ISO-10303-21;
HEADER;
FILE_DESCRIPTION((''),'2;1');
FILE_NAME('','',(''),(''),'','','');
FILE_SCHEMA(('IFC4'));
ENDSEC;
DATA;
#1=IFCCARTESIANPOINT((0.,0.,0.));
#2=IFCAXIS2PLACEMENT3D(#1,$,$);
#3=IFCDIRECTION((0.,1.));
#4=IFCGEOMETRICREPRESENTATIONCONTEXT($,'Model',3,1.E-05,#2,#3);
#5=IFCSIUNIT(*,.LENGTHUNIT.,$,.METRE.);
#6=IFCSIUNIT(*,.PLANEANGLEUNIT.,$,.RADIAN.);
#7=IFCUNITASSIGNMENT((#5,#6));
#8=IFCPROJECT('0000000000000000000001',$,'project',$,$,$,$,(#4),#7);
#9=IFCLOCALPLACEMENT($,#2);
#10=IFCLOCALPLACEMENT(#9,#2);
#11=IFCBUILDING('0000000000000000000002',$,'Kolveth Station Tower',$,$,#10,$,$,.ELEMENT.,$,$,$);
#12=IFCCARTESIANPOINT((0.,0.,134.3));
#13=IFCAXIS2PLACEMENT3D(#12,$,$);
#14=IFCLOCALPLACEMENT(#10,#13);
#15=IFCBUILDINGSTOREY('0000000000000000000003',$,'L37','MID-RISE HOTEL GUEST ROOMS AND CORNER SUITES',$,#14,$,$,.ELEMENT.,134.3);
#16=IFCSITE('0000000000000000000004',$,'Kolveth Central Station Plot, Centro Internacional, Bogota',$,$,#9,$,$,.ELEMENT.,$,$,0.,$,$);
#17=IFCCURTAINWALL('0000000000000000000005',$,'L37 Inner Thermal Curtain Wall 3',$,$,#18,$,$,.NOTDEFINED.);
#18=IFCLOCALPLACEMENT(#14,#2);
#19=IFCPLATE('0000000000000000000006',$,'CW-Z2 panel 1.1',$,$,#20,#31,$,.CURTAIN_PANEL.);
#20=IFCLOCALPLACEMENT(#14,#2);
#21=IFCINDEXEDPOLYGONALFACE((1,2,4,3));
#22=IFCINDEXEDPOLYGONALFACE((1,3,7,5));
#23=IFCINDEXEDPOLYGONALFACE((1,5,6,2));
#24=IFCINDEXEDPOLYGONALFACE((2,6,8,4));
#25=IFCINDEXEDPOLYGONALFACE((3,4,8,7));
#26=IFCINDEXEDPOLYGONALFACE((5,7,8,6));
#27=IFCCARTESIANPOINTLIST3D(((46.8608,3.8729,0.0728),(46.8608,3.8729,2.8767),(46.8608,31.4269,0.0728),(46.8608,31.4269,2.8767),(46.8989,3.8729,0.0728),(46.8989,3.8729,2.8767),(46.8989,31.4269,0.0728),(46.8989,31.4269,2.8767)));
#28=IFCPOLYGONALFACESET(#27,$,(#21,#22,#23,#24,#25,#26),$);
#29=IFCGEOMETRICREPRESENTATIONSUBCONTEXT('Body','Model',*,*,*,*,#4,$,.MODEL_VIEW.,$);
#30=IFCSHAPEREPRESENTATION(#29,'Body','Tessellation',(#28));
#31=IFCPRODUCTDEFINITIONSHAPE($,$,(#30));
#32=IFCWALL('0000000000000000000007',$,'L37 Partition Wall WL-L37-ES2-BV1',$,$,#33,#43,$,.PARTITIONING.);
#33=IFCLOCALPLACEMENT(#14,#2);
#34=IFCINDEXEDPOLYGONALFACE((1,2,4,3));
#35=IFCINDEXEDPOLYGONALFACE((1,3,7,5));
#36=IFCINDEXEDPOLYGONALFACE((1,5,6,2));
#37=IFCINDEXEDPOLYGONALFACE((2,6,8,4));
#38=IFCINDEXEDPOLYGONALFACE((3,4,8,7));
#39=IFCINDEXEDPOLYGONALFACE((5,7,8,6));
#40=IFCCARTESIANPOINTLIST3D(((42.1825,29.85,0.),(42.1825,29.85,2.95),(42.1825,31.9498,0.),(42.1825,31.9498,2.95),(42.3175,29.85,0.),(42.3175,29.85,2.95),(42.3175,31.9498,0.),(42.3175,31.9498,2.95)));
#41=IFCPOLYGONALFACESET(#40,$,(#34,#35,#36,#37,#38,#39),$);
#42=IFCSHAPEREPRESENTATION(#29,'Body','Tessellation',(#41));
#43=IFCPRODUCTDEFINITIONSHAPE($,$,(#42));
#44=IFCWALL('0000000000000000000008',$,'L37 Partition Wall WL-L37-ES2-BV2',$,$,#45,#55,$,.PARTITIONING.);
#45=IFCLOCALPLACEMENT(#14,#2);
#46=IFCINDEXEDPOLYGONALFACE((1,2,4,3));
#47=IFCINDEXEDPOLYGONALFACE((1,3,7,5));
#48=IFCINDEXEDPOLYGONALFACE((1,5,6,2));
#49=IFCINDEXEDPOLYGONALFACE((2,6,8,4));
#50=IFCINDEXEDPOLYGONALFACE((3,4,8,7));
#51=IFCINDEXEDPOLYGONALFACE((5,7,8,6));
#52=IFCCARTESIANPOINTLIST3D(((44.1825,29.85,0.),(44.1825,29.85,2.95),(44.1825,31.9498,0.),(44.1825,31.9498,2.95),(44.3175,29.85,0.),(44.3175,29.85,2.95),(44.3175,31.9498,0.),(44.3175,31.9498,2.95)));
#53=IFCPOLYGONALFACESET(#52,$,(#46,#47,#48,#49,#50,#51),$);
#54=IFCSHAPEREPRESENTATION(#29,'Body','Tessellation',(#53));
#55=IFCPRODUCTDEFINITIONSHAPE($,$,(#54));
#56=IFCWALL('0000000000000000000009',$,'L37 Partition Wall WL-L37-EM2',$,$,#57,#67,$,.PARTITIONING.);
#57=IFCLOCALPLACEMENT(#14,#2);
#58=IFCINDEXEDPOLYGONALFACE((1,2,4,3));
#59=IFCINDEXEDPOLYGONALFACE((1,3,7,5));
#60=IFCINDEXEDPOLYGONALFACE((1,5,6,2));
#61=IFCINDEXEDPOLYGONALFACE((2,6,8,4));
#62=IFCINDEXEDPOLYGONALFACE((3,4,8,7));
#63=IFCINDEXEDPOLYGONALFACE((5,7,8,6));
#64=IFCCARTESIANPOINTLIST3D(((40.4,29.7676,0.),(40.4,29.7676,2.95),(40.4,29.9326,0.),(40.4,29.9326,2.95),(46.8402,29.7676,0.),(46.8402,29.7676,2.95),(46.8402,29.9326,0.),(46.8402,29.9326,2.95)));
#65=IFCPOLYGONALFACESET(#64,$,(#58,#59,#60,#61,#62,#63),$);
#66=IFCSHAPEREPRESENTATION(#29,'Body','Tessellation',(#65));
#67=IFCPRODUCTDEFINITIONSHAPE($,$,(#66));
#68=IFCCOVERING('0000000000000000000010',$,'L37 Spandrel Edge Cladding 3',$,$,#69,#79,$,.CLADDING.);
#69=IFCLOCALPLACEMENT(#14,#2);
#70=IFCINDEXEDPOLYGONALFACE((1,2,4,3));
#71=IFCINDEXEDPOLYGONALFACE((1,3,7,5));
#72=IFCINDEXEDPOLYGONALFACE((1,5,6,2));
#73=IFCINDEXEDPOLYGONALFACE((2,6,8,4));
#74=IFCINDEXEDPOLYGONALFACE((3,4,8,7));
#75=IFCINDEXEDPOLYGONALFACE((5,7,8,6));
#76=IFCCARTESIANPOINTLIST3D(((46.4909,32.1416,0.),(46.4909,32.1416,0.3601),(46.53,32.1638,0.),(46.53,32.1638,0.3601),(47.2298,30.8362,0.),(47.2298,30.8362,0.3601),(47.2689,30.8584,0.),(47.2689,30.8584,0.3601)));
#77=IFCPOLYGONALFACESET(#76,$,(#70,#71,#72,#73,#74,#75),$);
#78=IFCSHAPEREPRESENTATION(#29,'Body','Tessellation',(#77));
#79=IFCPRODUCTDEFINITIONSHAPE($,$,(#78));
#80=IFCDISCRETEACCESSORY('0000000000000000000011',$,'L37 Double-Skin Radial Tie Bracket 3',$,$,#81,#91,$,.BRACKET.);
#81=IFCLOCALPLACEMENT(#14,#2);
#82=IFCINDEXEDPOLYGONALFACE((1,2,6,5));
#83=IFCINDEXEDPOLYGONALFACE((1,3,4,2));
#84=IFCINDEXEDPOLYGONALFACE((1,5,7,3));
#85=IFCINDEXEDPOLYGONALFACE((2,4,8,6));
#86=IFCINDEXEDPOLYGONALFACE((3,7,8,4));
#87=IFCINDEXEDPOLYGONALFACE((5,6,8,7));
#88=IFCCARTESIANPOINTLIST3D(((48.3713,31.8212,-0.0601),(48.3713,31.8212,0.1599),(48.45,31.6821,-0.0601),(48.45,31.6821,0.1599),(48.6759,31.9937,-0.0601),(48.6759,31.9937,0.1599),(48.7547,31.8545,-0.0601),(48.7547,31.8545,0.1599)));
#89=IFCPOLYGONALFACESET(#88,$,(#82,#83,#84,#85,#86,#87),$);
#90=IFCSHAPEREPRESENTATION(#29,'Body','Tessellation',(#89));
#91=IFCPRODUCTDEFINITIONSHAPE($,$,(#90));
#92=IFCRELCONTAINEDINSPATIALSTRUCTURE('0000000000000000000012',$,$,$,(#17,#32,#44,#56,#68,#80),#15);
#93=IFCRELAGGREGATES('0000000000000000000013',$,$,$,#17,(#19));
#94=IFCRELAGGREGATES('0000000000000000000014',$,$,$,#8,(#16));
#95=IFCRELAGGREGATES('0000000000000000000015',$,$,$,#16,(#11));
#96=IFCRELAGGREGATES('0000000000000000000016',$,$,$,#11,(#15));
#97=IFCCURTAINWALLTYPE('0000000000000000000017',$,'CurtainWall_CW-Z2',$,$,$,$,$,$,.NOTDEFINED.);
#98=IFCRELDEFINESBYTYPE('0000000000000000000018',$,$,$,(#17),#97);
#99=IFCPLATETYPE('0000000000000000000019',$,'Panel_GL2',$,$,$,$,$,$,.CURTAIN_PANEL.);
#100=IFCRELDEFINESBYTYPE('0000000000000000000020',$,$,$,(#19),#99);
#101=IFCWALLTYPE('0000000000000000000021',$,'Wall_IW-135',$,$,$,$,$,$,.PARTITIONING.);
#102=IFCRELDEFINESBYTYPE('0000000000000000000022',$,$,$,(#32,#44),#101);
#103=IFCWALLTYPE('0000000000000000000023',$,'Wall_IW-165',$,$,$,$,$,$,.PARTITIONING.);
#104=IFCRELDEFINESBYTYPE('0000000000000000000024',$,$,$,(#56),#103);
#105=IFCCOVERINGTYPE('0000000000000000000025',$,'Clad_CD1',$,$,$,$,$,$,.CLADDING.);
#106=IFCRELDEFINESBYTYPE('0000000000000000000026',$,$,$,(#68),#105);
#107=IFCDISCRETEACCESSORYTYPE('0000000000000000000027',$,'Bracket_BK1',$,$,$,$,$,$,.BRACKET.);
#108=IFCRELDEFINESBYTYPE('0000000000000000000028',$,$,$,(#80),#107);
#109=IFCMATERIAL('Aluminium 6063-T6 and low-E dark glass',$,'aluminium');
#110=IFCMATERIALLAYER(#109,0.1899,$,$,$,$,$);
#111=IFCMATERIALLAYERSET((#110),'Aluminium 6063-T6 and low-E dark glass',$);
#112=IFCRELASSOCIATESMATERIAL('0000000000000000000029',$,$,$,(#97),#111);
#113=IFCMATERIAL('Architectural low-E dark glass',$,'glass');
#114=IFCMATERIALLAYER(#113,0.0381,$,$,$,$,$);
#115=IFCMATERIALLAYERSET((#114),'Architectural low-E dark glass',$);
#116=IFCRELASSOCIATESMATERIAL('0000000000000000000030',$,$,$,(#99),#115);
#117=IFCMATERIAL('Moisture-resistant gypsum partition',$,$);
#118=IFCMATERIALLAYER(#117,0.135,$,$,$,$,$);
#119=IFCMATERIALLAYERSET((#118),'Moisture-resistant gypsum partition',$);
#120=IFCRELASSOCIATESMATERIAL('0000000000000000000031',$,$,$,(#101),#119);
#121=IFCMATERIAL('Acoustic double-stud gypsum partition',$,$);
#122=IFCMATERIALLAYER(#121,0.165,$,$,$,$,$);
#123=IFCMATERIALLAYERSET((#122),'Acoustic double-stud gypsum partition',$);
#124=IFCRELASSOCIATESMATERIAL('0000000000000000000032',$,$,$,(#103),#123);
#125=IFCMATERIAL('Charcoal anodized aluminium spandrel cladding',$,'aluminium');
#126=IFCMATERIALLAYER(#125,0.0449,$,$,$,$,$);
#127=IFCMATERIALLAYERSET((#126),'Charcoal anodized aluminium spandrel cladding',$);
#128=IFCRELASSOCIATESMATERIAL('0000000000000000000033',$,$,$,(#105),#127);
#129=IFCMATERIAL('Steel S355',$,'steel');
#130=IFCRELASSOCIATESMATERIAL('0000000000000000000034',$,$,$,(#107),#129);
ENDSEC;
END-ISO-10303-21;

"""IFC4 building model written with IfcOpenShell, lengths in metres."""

from ifc_helpers import new_model, si_unit, direction, frame, frame_2d, origin, origin_2d, place, context, subcontext, project, spatial, rectangle, extrude, source, transform, mapped, material, layer, layer_set, type_object, element, aggregate, save


model = new_model("IFC4")

# Units and contexts
model_context = context("Model", 3, precision=1e-05, world=origin(), true_north=direction((0.0, 1.0)))
body_context = subcontext(model_context, "Body", "Model", "MODEL_VIEW")
ifc_project = project(units=[si_unit("LENGTHUNIT", "METRE"), si_unit("PLANEANGLEUNIT", "RADIAN")], contexts=[model_context])

# Site, building, storey
site_placement = place(None, origin())
site = spatial("IfcSite", under=ifc_project, at=site_placement, Name="Kolveth Central Station Plot, Centro Internacional, Bogota", CompositionType="ELEMENT", RefElevation=0.0)
building_placement = place(site_placement, origin())
building = spatial("IfcBuilding", under=site, at=building_placement, Name="Kolveth Station Tower", CompositionType="ELEMENT")
storey_placement = place(building_placement, frame((0.0, 0.0, 134.3)))
storey = spatial("IfcBuildingStorey", under=building, at=storey_placement, Name="L37", Description="MID-RISE HOTEL GUEST ROOMS AND CORNER SUITES", CompositionType="ELEMENT", Elevation=134.3)

# Shared definitions
ifc_material_1 = material(Name="Steel S355", Category="steel")

# Curtain wall
ifc_material_2 = material(Name="Aluminium 6063-T6 and low-E dark glass", Category="aluminium")
ifc_layer_1 = layer(ifc_material_2, 0.1899)
ifc_layer_set_1 = layer_set([ifc_layer_1], Name="Aluminium 6063-T6 and low-E dark glass")
curtain_wall_type = type_object("IfcCurtainWallType", Name="CurtainWall_CW-Z2", PredefinedType="NOTDEFINED", material=ifc_layer_set_1)
curtain_wall_1_placement = place(storey_placement, origin())
curtain_wall_1 = element("IfcCurtainWall", 1, at=curtain_wall_1_placement, inside=storey, type_object=curtain_wall_type, Name="L37 Inner Thermal Curtain Wall 3", PredefinedType="NOTDEFINED")

# Plate
ifc_material_3 = material(Name="Architectural low-E dark glass", Category="glass")
ifc_layer_2 = layer(ifc_material_3, 0.0381)
ifc_layer_set_2 = layer_set([ifc_layer_2], Name="Architectural low-E dark glass")
plate_type = type_object("IfcPlateType", Name="Panel_GL2", PredefinedType="CURTAIN_PANEL", material=ifc_layer_set_2)
shared_shape_1 = source(origin(), body_context, "Body", "SweptSolid", [
    extrude(rectangle(XDim=27.554, YDim=0.0381, at=origin_2d()), origin(), (0.0, 0.0, 1.0), 2.804),
])
plate_placement = place(storey_placement, frame((46.8799, 17.6499, 0.0728), z_axis=(0.0, 0.0, 1.0), x_axis=(0.0, 1.0, 0.0)))
plate = element("IfcPlate", 2, at=plate_placement, type_object=plate_type, Name="CW-Z2 panel 1.1", PredefinedType="CURTAIN_PANEL", context=body_context, shape_type="MappedRepresentation", body=[
    mapped(shared_shape_1, transform((0.0, 0.0, 0.0), x_axis=(1.0, 0.0, 0.0), y_axis=(0.0, 1.0, 0.0), z_axis=(0.0, 0.0, 1.0), scale=1.0)),
])
aggregate(curtain_wall_1, [plate])

# Walls
ifc_material_4 = material(Name="Moisture-resistant gypsum partition")
ifc_layer_3 = layer(ifc_material_4, 0.135)
ifc_layer_set_3 = layer_set([ifc_layer_3], Name="Moisture-resistant gypsum partition")
wall_type_1 = type_object("IfcWallType", Name="Wall_IW-135", PredefinedType="PARTITIONING", material=ifc_layer_set_3)
for number, where, z_axis, x_axis, name in (
    (3, (42.25, 29.8501, 0.0), (0.0, 0.0, 1.0), (0.0, 1.0, 0.0), "L37 Partition Wall WL-L37-ES2-BV1"),
    (4, (44.25, 29.8501, 0.0), (0.0, 0.0, 1.0), (0.0, 1.0, 0.0), "L37 Partition Wall WL-L37-ES2-BV2"),
):
    element("IfcWall", number, at=place(storey_placement, frame(where, z_axis=z_axis, x_axis=x_axis)), inside=storey, type_object=wall_type_1, Name=name, PredefinedType="PARTITIONING", context=body_context, shape_type="SweptSolid", body=[
        extrude(rectangle(XDim=2.0999, YDim=0.135, at=frame_2d((1.0498, 0.0))), origin(), (0.0, 0.0, 1.0), 2.95),
    ])
ifc_material_5 = material(Name="Acoustic double-stud gypsum partition")
ifc_layer_4 = layer(ifc_material_5, 0.165)
ifc_layer_set_4 = layer_set([ifc_layer_4], Name="Acoustic double-stud gypsum partition")
wall_type_2 = type_object("IfcWallType", Name="Wall_IW-165", PredefinedType="PARTITIONING", material=ifc_layer_set_4)
wall_placement = place(storey_placement, frame((40.3999, 29.8501, 0.0), z_axis=(0.0, 0.0, 1.0), x_axis=(1.0, 0.0, 0.0)))
element("IfcWall", 5, at=wall_placement, inside=storey, type_object=wall_type_2, Name="L37 Partition Wall WL-L37-EM2", PredefinedType="PARTITIONING", context=body_context, shape_type="SweptSolid", body=[
    extrude(rectangle(XDim=6.4402, YDim=0.165, at=frame_2d((3.2202, 0.0))), origin(), (0.0, 0.0, 1.0), 2.95),
])

# Covering
ifc_material_6 = material(Name="Charcoal anodized aluminium spandrel cladding", Category="aluminium")
ifc_layer_5 = layer(ifc_material_6, 0.0449)
ifc_layer_set_5 = layer_set([ifc_layer_5], Name="Charcoal anodized aluminium spandrel cladding")
covering_type = type_object("IfcCoveringType", Name="Clad_CD1", PredefinedType="CLADDING", material=ifc_layer_set_5)
shared_shape_2 = source(origin(), body_context, "Body", "SweptSolid", [
    extrude(rectangle(XDim=1.5, YDim=0.0449, at=origin_2d()), origin(), (0.0, 0.0, 1.0), 0.3601),
])
covering_placement = place(storey_placement, frame((46.8799, 31.5, 0.0), z_axis=(0.0, 0.0, 1.0), x_axis=(-0.492575, 0.87027, 0.0)))
element("IfcCovering", 6, at=covering_placement, inside=storey, type_object=covering_type, Name="L37 Spandrel Edge Cladding 3", PredefinedType="CLADDING", context=body_context, shape_type="MappedRepresentation", body=[
    mapped(shared_shape_2, transform((0.0, 0.0, 0.0), x_axis=(1.0, 0.0, 0.0), y_axis=(0.0, 1.0, 0.0), z_axis=(0.0, 0.0, 1.0), scale=1.0)),
])

# Discrete accessory
discrete_accessory_type = type_object("IfcDiscreteAccessoryType", Name="Bracket_BK1", PredefinedType="BRACKET", material=ifc_material_1)
shared_shape_3 = source(origin(), body_context, "Body", "SweptSolid", [
    extrude(rectangle(XDim=0.3501, YDim=0.1599, at=origin_2d()), origin(), (0.0, 0.0, 1.0), 0.22),
])
discrete_accessory_placement = place(storey_placement, frame((48.563, 31.8379, -0.0601), z_axis=(0.0, 0.0, 1.0), x_axis=(0.87027, 0.492575, 0.0)))
element("IfcDiscreteAccessory", 7, at=discrete_accessory_placement, inside=storey, type_object=discrete_accessory_type, Name="L37 Double-Skin Radial Tie Bracket 3", PredefinedType="BRACKET", context=body_context, shape_type="MappedRepresentation", body=[
    mapped(shared_shape_3, transform((0.0, 0.0, 0.0), x_axis=(1.0, 0.0, 0.0), y_axis=(0.0, 1.0, 0.0), z_axis=(0.0, 0.0, 1.0), scale=1.0)),
])

save(model, "model.ifc")
